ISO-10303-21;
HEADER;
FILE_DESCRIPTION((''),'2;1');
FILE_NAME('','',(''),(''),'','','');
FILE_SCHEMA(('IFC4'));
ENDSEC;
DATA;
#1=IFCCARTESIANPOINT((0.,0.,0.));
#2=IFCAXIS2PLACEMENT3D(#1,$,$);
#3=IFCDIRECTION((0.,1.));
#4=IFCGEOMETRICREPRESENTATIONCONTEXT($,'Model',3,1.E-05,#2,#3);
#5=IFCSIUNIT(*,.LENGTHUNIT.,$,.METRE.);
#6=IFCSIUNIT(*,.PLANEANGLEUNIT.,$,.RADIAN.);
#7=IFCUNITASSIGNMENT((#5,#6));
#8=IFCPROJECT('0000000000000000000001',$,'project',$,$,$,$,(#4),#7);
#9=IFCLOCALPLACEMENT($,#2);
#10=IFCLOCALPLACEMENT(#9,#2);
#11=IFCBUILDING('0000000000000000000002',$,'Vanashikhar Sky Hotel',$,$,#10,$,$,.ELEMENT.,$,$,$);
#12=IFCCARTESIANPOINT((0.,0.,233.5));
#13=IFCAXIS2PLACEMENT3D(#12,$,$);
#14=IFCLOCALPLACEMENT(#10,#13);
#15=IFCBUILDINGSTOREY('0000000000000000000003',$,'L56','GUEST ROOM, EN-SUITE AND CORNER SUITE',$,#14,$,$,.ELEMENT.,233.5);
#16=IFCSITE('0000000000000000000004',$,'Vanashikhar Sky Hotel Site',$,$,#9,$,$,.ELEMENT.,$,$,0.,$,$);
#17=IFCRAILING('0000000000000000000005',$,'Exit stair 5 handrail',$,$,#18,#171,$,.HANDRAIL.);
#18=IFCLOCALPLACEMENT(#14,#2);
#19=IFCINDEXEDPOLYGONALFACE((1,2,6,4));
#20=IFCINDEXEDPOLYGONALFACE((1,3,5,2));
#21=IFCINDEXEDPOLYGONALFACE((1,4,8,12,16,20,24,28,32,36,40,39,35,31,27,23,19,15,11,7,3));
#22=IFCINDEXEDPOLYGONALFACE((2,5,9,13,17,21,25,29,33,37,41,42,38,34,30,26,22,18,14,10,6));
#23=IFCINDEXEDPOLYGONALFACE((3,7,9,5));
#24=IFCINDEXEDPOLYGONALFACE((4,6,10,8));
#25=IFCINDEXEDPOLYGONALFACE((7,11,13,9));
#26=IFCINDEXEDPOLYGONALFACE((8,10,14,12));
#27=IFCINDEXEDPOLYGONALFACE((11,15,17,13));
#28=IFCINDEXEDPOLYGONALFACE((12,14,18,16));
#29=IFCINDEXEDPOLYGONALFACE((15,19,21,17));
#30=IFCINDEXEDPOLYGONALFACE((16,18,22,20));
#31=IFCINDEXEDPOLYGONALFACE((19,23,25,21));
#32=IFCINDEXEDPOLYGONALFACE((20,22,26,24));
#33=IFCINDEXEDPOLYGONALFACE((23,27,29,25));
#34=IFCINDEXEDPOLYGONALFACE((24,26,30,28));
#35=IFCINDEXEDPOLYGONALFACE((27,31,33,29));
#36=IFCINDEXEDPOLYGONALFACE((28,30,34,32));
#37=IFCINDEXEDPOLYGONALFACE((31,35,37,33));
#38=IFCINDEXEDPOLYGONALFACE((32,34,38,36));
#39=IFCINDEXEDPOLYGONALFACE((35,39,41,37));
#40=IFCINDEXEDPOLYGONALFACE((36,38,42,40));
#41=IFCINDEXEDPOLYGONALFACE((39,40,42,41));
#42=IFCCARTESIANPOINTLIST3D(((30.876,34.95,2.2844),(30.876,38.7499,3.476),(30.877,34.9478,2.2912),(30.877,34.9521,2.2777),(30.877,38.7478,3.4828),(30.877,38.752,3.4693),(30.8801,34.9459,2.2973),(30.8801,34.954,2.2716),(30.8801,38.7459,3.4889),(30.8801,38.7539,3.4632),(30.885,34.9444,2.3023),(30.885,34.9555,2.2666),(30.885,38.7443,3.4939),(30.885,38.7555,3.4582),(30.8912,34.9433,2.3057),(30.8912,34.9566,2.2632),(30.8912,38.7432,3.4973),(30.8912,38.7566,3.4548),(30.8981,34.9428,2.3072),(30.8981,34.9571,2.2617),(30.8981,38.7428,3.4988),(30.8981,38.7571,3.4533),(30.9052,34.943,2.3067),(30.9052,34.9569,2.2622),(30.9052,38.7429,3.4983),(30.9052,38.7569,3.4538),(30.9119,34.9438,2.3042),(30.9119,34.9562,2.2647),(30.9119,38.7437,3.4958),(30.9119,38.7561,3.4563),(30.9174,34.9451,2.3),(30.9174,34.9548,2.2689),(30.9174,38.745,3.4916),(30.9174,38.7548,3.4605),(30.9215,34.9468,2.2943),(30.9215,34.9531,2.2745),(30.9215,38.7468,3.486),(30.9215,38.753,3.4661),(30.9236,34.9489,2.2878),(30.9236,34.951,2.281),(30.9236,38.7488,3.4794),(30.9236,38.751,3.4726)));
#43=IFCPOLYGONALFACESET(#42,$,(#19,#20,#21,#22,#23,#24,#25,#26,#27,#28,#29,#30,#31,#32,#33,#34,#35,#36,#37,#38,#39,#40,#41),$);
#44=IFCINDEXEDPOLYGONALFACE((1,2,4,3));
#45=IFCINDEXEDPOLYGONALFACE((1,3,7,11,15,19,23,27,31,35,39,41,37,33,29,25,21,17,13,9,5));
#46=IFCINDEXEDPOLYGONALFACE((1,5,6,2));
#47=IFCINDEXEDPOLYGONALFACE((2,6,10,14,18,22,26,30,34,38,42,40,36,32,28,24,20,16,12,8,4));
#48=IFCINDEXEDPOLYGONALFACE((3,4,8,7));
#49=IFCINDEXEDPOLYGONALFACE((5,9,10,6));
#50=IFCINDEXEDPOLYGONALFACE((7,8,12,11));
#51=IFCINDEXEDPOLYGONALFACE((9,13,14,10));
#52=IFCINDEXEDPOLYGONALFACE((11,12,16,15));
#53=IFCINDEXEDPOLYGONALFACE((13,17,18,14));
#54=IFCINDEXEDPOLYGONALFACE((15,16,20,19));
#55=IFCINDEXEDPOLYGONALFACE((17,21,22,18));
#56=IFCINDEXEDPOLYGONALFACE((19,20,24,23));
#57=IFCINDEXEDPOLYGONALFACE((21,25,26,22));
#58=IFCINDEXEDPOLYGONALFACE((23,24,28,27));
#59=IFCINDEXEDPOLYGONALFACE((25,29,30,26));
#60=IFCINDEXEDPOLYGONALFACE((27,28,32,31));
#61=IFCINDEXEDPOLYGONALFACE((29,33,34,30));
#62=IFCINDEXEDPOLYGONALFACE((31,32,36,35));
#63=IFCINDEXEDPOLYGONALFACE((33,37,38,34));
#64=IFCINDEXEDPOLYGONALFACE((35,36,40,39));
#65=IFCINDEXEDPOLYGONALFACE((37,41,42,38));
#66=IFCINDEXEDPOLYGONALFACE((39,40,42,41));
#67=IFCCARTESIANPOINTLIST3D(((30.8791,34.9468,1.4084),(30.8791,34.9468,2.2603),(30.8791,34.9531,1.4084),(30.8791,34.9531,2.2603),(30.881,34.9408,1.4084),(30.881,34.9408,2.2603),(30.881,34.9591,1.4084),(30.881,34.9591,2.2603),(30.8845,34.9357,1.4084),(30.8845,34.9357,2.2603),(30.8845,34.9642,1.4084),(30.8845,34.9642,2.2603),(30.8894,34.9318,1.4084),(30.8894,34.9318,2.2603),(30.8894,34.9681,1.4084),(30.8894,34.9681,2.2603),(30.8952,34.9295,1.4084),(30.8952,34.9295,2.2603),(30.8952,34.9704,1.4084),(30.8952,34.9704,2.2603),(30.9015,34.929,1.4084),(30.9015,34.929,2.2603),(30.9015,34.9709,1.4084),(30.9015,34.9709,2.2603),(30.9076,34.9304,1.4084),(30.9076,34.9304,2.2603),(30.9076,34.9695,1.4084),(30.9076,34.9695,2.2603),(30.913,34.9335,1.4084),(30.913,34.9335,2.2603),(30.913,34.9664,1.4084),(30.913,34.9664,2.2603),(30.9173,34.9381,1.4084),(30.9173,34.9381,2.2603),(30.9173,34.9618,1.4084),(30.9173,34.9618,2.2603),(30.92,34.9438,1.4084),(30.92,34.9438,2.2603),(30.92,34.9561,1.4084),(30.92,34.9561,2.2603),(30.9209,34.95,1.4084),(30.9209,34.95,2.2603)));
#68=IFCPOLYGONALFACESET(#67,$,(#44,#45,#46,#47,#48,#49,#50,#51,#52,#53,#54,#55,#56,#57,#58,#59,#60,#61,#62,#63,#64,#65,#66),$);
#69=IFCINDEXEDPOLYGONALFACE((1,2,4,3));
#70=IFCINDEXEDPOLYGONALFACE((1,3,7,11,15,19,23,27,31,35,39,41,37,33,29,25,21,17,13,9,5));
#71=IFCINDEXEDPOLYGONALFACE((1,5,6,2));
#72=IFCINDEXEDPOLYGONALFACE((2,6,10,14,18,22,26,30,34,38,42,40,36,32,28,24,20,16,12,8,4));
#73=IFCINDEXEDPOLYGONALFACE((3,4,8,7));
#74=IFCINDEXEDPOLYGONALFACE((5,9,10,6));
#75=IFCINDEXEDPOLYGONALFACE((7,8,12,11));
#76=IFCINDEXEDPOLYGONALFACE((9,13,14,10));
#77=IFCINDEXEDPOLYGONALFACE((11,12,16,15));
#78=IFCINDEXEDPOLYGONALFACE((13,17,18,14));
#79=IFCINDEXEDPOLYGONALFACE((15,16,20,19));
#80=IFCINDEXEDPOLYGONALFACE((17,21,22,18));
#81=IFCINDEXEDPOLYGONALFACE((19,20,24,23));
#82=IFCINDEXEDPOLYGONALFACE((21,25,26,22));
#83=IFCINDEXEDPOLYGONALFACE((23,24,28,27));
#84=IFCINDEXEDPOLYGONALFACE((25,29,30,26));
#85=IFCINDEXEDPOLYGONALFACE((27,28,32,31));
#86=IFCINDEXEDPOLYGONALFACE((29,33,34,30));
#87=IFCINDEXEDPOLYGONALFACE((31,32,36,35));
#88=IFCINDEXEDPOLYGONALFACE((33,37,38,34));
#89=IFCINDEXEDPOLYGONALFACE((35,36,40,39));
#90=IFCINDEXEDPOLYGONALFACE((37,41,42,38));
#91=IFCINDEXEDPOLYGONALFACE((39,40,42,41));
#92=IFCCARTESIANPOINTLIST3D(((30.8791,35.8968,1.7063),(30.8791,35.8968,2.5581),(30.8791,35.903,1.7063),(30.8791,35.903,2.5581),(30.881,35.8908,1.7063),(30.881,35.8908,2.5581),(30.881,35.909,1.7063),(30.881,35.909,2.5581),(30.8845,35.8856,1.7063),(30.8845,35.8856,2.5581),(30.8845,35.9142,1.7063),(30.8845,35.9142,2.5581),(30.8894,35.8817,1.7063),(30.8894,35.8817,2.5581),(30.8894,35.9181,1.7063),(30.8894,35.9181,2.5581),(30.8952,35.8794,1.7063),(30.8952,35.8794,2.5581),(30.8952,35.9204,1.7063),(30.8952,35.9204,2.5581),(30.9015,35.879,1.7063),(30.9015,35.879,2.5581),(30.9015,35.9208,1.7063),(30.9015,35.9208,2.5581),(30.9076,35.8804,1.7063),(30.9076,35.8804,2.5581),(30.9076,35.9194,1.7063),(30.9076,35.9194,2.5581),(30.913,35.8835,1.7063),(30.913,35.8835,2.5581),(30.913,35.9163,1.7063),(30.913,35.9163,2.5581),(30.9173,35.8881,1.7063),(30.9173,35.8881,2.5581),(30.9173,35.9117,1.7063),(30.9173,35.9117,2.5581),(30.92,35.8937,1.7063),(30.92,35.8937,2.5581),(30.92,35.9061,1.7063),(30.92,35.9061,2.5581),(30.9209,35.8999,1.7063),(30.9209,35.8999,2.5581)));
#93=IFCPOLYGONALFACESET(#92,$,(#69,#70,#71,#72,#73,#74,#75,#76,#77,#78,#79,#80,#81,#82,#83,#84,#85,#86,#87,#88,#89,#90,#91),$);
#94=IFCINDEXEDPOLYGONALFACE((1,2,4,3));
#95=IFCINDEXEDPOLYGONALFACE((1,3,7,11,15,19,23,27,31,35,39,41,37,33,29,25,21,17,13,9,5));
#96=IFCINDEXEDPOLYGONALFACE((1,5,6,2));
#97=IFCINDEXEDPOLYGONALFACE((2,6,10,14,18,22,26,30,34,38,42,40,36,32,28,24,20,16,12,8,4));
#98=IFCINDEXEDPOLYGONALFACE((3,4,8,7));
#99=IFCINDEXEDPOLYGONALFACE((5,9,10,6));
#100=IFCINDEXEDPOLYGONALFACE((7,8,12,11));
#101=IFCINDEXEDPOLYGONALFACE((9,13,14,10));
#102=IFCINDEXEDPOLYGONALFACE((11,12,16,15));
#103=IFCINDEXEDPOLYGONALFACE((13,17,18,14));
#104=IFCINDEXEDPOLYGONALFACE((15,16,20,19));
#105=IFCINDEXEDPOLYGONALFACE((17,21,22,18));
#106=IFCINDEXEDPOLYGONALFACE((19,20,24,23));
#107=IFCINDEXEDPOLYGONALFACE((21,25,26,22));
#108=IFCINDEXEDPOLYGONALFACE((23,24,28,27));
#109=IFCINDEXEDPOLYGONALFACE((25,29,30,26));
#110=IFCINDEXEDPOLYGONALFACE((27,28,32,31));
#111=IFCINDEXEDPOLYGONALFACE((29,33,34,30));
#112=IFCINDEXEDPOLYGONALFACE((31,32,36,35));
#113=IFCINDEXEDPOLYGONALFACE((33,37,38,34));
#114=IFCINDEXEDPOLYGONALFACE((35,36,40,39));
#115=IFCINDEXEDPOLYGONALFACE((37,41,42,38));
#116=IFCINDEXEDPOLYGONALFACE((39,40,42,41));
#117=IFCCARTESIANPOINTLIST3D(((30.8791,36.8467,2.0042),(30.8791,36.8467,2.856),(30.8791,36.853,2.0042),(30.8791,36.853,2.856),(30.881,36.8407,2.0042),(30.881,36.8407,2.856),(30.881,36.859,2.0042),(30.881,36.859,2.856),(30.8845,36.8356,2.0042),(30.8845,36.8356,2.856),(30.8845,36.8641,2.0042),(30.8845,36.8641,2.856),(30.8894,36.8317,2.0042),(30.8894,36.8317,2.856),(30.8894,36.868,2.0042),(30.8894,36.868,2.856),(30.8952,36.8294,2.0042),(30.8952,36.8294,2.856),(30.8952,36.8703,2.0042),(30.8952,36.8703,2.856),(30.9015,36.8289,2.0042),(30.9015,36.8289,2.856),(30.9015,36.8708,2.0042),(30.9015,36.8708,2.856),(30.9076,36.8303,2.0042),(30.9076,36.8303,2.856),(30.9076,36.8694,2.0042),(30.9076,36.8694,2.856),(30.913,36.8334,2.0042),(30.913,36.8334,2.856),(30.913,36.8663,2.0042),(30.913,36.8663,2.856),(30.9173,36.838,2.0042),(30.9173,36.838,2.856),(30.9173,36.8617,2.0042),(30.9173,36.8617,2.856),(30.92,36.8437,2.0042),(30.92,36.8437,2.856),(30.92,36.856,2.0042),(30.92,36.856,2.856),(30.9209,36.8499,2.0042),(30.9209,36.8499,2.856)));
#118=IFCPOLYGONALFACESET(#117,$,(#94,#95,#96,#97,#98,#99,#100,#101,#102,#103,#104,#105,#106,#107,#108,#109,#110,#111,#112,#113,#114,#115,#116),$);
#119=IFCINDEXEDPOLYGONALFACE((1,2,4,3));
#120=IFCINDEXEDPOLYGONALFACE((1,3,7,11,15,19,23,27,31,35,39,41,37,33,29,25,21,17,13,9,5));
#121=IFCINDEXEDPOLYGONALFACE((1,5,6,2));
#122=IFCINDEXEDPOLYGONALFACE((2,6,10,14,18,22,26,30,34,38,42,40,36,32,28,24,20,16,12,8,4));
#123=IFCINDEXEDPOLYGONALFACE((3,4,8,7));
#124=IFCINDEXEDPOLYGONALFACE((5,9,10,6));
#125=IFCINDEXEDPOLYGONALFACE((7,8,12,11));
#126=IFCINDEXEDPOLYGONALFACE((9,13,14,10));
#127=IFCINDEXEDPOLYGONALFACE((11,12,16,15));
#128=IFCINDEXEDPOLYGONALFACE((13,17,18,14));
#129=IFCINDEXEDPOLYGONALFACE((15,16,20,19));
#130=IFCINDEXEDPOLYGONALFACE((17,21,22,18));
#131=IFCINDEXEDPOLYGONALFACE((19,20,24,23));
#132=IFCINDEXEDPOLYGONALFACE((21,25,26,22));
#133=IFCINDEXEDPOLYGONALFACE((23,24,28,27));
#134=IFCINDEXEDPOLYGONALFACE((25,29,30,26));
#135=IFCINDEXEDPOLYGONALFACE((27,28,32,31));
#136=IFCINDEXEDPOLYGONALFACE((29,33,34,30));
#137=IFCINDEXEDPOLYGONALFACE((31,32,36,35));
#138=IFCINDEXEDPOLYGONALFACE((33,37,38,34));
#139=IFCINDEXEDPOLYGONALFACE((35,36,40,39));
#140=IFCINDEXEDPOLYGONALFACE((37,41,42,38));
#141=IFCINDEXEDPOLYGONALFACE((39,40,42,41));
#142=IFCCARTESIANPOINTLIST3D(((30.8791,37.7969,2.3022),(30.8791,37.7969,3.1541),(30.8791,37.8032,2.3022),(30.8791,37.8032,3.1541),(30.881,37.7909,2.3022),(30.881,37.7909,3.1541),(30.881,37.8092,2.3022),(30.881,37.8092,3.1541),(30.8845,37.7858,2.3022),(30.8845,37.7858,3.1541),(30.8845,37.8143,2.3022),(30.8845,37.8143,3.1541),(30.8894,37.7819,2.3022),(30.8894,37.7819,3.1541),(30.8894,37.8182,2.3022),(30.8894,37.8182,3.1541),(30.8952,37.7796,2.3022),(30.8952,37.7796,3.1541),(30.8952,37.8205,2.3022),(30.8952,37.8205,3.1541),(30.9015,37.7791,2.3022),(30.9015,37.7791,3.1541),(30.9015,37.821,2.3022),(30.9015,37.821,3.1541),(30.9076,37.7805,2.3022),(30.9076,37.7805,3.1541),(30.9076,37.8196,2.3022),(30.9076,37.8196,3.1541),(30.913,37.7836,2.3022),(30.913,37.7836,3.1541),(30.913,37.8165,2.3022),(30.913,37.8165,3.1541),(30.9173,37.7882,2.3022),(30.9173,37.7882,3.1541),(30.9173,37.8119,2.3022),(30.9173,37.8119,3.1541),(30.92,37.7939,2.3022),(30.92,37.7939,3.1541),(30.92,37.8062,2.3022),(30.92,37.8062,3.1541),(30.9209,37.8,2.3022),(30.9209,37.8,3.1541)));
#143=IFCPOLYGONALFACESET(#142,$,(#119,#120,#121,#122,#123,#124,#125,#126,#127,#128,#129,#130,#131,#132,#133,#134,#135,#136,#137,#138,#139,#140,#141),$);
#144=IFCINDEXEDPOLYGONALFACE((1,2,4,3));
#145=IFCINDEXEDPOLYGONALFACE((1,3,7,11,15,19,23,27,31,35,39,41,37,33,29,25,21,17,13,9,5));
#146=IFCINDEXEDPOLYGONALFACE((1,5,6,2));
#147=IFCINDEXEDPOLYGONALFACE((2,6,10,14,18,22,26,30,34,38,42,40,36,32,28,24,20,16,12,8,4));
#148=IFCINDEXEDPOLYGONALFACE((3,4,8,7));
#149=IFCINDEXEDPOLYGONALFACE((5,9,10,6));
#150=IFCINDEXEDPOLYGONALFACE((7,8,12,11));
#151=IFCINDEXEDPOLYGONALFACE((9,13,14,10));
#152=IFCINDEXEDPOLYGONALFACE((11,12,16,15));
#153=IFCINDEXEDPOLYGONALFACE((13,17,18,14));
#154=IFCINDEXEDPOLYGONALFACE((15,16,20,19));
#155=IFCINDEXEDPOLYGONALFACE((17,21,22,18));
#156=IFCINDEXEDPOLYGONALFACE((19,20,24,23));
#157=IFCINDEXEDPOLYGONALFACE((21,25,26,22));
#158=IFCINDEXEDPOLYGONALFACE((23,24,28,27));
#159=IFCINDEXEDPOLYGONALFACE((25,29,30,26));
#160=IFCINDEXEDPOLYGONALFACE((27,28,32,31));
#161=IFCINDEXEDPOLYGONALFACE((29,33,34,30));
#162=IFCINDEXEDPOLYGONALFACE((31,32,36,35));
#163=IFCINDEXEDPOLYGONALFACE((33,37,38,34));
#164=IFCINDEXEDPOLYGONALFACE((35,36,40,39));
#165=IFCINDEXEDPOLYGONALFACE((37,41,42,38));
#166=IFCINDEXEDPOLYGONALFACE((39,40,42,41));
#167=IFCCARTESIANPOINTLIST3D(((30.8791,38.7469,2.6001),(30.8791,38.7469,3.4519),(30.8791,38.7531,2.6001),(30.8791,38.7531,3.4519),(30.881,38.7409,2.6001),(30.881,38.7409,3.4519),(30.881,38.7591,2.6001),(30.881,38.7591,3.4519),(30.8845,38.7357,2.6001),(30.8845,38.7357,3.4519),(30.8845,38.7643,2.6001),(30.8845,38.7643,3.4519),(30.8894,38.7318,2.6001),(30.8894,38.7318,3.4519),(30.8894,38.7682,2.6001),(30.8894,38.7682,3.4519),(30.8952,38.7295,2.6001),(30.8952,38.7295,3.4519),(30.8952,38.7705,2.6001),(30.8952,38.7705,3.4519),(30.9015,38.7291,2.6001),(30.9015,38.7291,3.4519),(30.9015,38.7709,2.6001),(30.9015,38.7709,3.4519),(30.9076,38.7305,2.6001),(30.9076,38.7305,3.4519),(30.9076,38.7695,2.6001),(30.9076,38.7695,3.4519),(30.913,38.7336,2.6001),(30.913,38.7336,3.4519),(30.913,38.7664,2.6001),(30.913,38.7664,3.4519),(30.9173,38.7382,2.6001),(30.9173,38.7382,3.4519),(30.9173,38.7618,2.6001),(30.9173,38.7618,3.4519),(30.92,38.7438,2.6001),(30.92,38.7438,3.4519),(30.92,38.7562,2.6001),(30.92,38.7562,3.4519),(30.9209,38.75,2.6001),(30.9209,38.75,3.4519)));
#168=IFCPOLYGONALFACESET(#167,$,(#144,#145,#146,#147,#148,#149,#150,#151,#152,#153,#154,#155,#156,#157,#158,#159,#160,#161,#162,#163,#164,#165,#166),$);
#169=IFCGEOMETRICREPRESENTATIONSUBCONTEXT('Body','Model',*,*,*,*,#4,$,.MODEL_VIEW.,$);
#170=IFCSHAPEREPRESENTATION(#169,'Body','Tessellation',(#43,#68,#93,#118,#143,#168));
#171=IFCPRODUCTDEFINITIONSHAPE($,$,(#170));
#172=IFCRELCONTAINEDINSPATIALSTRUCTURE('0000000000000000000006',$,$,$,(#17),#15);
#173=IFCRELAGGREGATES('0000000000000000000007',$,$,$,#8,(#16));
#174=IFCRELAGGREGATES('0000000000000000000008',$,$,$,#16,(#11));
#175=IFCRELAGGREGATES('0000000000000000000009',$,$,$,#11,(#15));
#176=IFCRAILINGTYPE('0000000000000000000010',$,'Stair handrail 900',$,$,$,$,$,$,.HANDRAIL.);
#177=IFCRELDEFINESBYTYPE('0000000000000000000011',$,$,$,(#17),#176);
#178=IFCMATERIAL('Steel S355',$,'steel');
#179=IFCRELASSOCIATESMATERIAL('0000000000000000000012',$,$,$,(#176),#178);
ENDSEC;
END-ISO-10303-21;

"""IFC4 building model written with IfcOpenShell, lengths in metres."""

from ifc_helpers import new_model, si_unit, direction, frame, origin, origin_2d, place, context, subcontext, project, spatial, circle, extrude, source, transform, mapped, material, type_object, element, save


model = new_model("IFC4")

# Units and contexts
model_context = context("Model", 3, precision=1e-05, world=origin(), true_north=direction((0.0, 1.0)))
body_context = subcontext(model_context, "Body", "Model", "MODEL_VIEW")
ifc_project = project(units=[si_unit("LENGTHUNIT", "METRE"), si_unit("PLANEANGLEUNIT", "RADIAN")], contexts=[model_context])

# Site, building, storey
site_placement = place(None, origin())
site = spatial("IfcSite", under=ifc_project, at=site_placement, Name="Vanashikhar Sky Hotel Site", CompositionType="ELEMENT", RefElevation=0.0)
building_placement = place(site_placement, origin())
building = spatial("IfcBuilding", under=site, at=building_placement, Name="Vanashikhar Sky Hotel", CompositionType="ELEMENT")
storey_placement = place(building_placement, frame((0.0, 0.0, 233.5)))
storey = spatial("IfcBuildingStorey", under=building, at=storey_placement, Name="L56", Description="GUEST ROOM, EN-SUITE AND CORNER SUITE", CompositionType="ELEMENT", Elevation=233.5)

# Railing
ifc_material_1 = material(Name="Steel S355", Category="steel")
railing_type_1 = type_object("IfcRailingType", Name="Stair handrail 900", PredefinedType="HANDRAIL", material=ifc_material_1)
shared_shape_1 = source(origin(), body_context, "Body", "SweptSolid", [
    extrude(circle(Radius=0.0239, at=origin_2d()), frame((0.0, 0.0, 0.876), z_axis=(0.0, 0.954184, 0.299221), x_axis=(-1.0, 0.0, 0.0)), (0.0, 0.0, 1.0), 3.9824),
    extrude(circle(Radius=0.021, at=origin_2d()), origin(), (0.0, 0.0, 1.0), 0.8518),
    extrude(circle(Radius=0.021, at=origin_2d()), frame((0.0, 0.95, 0.2979)), (0.0, 0.0, 1.0), 0.8518),
    extrude(circle(Radius=0.021, at=origin_2d()), frame((0.0, 1.8999, 0.5957)), (0.0, 0.0, 1.0), 0.8518),
    extrude(circle(Radius=0.021, at=origin_2d()), frame((0.0, 2.8501, 0.8938)), (0.0, 0.0, 1.0), 0.8518),
    extrude(circle(Radius=0.021, at=origin_2d()), frame((0.0, 3.8, 1.1917)), (0.0, 0.0, 1.0), 0.8518),
])
railing_placement = place(storey_placement, frame((30.8999, 34.95, 1.4084)))
element("IfcRailing", 1, at=railing_placement, inside=storey, type_object=railing_type_1, Name="Exit stair 5 handrail", PredefinedType="HANDRAIL", context=body_context, shape_type="MappedRepresentation", body=[
    mapped(shared_shape_1, transform((0.0, 0.0, 0.0), scale=1.0)),
])

save(model, "model.ifc")
